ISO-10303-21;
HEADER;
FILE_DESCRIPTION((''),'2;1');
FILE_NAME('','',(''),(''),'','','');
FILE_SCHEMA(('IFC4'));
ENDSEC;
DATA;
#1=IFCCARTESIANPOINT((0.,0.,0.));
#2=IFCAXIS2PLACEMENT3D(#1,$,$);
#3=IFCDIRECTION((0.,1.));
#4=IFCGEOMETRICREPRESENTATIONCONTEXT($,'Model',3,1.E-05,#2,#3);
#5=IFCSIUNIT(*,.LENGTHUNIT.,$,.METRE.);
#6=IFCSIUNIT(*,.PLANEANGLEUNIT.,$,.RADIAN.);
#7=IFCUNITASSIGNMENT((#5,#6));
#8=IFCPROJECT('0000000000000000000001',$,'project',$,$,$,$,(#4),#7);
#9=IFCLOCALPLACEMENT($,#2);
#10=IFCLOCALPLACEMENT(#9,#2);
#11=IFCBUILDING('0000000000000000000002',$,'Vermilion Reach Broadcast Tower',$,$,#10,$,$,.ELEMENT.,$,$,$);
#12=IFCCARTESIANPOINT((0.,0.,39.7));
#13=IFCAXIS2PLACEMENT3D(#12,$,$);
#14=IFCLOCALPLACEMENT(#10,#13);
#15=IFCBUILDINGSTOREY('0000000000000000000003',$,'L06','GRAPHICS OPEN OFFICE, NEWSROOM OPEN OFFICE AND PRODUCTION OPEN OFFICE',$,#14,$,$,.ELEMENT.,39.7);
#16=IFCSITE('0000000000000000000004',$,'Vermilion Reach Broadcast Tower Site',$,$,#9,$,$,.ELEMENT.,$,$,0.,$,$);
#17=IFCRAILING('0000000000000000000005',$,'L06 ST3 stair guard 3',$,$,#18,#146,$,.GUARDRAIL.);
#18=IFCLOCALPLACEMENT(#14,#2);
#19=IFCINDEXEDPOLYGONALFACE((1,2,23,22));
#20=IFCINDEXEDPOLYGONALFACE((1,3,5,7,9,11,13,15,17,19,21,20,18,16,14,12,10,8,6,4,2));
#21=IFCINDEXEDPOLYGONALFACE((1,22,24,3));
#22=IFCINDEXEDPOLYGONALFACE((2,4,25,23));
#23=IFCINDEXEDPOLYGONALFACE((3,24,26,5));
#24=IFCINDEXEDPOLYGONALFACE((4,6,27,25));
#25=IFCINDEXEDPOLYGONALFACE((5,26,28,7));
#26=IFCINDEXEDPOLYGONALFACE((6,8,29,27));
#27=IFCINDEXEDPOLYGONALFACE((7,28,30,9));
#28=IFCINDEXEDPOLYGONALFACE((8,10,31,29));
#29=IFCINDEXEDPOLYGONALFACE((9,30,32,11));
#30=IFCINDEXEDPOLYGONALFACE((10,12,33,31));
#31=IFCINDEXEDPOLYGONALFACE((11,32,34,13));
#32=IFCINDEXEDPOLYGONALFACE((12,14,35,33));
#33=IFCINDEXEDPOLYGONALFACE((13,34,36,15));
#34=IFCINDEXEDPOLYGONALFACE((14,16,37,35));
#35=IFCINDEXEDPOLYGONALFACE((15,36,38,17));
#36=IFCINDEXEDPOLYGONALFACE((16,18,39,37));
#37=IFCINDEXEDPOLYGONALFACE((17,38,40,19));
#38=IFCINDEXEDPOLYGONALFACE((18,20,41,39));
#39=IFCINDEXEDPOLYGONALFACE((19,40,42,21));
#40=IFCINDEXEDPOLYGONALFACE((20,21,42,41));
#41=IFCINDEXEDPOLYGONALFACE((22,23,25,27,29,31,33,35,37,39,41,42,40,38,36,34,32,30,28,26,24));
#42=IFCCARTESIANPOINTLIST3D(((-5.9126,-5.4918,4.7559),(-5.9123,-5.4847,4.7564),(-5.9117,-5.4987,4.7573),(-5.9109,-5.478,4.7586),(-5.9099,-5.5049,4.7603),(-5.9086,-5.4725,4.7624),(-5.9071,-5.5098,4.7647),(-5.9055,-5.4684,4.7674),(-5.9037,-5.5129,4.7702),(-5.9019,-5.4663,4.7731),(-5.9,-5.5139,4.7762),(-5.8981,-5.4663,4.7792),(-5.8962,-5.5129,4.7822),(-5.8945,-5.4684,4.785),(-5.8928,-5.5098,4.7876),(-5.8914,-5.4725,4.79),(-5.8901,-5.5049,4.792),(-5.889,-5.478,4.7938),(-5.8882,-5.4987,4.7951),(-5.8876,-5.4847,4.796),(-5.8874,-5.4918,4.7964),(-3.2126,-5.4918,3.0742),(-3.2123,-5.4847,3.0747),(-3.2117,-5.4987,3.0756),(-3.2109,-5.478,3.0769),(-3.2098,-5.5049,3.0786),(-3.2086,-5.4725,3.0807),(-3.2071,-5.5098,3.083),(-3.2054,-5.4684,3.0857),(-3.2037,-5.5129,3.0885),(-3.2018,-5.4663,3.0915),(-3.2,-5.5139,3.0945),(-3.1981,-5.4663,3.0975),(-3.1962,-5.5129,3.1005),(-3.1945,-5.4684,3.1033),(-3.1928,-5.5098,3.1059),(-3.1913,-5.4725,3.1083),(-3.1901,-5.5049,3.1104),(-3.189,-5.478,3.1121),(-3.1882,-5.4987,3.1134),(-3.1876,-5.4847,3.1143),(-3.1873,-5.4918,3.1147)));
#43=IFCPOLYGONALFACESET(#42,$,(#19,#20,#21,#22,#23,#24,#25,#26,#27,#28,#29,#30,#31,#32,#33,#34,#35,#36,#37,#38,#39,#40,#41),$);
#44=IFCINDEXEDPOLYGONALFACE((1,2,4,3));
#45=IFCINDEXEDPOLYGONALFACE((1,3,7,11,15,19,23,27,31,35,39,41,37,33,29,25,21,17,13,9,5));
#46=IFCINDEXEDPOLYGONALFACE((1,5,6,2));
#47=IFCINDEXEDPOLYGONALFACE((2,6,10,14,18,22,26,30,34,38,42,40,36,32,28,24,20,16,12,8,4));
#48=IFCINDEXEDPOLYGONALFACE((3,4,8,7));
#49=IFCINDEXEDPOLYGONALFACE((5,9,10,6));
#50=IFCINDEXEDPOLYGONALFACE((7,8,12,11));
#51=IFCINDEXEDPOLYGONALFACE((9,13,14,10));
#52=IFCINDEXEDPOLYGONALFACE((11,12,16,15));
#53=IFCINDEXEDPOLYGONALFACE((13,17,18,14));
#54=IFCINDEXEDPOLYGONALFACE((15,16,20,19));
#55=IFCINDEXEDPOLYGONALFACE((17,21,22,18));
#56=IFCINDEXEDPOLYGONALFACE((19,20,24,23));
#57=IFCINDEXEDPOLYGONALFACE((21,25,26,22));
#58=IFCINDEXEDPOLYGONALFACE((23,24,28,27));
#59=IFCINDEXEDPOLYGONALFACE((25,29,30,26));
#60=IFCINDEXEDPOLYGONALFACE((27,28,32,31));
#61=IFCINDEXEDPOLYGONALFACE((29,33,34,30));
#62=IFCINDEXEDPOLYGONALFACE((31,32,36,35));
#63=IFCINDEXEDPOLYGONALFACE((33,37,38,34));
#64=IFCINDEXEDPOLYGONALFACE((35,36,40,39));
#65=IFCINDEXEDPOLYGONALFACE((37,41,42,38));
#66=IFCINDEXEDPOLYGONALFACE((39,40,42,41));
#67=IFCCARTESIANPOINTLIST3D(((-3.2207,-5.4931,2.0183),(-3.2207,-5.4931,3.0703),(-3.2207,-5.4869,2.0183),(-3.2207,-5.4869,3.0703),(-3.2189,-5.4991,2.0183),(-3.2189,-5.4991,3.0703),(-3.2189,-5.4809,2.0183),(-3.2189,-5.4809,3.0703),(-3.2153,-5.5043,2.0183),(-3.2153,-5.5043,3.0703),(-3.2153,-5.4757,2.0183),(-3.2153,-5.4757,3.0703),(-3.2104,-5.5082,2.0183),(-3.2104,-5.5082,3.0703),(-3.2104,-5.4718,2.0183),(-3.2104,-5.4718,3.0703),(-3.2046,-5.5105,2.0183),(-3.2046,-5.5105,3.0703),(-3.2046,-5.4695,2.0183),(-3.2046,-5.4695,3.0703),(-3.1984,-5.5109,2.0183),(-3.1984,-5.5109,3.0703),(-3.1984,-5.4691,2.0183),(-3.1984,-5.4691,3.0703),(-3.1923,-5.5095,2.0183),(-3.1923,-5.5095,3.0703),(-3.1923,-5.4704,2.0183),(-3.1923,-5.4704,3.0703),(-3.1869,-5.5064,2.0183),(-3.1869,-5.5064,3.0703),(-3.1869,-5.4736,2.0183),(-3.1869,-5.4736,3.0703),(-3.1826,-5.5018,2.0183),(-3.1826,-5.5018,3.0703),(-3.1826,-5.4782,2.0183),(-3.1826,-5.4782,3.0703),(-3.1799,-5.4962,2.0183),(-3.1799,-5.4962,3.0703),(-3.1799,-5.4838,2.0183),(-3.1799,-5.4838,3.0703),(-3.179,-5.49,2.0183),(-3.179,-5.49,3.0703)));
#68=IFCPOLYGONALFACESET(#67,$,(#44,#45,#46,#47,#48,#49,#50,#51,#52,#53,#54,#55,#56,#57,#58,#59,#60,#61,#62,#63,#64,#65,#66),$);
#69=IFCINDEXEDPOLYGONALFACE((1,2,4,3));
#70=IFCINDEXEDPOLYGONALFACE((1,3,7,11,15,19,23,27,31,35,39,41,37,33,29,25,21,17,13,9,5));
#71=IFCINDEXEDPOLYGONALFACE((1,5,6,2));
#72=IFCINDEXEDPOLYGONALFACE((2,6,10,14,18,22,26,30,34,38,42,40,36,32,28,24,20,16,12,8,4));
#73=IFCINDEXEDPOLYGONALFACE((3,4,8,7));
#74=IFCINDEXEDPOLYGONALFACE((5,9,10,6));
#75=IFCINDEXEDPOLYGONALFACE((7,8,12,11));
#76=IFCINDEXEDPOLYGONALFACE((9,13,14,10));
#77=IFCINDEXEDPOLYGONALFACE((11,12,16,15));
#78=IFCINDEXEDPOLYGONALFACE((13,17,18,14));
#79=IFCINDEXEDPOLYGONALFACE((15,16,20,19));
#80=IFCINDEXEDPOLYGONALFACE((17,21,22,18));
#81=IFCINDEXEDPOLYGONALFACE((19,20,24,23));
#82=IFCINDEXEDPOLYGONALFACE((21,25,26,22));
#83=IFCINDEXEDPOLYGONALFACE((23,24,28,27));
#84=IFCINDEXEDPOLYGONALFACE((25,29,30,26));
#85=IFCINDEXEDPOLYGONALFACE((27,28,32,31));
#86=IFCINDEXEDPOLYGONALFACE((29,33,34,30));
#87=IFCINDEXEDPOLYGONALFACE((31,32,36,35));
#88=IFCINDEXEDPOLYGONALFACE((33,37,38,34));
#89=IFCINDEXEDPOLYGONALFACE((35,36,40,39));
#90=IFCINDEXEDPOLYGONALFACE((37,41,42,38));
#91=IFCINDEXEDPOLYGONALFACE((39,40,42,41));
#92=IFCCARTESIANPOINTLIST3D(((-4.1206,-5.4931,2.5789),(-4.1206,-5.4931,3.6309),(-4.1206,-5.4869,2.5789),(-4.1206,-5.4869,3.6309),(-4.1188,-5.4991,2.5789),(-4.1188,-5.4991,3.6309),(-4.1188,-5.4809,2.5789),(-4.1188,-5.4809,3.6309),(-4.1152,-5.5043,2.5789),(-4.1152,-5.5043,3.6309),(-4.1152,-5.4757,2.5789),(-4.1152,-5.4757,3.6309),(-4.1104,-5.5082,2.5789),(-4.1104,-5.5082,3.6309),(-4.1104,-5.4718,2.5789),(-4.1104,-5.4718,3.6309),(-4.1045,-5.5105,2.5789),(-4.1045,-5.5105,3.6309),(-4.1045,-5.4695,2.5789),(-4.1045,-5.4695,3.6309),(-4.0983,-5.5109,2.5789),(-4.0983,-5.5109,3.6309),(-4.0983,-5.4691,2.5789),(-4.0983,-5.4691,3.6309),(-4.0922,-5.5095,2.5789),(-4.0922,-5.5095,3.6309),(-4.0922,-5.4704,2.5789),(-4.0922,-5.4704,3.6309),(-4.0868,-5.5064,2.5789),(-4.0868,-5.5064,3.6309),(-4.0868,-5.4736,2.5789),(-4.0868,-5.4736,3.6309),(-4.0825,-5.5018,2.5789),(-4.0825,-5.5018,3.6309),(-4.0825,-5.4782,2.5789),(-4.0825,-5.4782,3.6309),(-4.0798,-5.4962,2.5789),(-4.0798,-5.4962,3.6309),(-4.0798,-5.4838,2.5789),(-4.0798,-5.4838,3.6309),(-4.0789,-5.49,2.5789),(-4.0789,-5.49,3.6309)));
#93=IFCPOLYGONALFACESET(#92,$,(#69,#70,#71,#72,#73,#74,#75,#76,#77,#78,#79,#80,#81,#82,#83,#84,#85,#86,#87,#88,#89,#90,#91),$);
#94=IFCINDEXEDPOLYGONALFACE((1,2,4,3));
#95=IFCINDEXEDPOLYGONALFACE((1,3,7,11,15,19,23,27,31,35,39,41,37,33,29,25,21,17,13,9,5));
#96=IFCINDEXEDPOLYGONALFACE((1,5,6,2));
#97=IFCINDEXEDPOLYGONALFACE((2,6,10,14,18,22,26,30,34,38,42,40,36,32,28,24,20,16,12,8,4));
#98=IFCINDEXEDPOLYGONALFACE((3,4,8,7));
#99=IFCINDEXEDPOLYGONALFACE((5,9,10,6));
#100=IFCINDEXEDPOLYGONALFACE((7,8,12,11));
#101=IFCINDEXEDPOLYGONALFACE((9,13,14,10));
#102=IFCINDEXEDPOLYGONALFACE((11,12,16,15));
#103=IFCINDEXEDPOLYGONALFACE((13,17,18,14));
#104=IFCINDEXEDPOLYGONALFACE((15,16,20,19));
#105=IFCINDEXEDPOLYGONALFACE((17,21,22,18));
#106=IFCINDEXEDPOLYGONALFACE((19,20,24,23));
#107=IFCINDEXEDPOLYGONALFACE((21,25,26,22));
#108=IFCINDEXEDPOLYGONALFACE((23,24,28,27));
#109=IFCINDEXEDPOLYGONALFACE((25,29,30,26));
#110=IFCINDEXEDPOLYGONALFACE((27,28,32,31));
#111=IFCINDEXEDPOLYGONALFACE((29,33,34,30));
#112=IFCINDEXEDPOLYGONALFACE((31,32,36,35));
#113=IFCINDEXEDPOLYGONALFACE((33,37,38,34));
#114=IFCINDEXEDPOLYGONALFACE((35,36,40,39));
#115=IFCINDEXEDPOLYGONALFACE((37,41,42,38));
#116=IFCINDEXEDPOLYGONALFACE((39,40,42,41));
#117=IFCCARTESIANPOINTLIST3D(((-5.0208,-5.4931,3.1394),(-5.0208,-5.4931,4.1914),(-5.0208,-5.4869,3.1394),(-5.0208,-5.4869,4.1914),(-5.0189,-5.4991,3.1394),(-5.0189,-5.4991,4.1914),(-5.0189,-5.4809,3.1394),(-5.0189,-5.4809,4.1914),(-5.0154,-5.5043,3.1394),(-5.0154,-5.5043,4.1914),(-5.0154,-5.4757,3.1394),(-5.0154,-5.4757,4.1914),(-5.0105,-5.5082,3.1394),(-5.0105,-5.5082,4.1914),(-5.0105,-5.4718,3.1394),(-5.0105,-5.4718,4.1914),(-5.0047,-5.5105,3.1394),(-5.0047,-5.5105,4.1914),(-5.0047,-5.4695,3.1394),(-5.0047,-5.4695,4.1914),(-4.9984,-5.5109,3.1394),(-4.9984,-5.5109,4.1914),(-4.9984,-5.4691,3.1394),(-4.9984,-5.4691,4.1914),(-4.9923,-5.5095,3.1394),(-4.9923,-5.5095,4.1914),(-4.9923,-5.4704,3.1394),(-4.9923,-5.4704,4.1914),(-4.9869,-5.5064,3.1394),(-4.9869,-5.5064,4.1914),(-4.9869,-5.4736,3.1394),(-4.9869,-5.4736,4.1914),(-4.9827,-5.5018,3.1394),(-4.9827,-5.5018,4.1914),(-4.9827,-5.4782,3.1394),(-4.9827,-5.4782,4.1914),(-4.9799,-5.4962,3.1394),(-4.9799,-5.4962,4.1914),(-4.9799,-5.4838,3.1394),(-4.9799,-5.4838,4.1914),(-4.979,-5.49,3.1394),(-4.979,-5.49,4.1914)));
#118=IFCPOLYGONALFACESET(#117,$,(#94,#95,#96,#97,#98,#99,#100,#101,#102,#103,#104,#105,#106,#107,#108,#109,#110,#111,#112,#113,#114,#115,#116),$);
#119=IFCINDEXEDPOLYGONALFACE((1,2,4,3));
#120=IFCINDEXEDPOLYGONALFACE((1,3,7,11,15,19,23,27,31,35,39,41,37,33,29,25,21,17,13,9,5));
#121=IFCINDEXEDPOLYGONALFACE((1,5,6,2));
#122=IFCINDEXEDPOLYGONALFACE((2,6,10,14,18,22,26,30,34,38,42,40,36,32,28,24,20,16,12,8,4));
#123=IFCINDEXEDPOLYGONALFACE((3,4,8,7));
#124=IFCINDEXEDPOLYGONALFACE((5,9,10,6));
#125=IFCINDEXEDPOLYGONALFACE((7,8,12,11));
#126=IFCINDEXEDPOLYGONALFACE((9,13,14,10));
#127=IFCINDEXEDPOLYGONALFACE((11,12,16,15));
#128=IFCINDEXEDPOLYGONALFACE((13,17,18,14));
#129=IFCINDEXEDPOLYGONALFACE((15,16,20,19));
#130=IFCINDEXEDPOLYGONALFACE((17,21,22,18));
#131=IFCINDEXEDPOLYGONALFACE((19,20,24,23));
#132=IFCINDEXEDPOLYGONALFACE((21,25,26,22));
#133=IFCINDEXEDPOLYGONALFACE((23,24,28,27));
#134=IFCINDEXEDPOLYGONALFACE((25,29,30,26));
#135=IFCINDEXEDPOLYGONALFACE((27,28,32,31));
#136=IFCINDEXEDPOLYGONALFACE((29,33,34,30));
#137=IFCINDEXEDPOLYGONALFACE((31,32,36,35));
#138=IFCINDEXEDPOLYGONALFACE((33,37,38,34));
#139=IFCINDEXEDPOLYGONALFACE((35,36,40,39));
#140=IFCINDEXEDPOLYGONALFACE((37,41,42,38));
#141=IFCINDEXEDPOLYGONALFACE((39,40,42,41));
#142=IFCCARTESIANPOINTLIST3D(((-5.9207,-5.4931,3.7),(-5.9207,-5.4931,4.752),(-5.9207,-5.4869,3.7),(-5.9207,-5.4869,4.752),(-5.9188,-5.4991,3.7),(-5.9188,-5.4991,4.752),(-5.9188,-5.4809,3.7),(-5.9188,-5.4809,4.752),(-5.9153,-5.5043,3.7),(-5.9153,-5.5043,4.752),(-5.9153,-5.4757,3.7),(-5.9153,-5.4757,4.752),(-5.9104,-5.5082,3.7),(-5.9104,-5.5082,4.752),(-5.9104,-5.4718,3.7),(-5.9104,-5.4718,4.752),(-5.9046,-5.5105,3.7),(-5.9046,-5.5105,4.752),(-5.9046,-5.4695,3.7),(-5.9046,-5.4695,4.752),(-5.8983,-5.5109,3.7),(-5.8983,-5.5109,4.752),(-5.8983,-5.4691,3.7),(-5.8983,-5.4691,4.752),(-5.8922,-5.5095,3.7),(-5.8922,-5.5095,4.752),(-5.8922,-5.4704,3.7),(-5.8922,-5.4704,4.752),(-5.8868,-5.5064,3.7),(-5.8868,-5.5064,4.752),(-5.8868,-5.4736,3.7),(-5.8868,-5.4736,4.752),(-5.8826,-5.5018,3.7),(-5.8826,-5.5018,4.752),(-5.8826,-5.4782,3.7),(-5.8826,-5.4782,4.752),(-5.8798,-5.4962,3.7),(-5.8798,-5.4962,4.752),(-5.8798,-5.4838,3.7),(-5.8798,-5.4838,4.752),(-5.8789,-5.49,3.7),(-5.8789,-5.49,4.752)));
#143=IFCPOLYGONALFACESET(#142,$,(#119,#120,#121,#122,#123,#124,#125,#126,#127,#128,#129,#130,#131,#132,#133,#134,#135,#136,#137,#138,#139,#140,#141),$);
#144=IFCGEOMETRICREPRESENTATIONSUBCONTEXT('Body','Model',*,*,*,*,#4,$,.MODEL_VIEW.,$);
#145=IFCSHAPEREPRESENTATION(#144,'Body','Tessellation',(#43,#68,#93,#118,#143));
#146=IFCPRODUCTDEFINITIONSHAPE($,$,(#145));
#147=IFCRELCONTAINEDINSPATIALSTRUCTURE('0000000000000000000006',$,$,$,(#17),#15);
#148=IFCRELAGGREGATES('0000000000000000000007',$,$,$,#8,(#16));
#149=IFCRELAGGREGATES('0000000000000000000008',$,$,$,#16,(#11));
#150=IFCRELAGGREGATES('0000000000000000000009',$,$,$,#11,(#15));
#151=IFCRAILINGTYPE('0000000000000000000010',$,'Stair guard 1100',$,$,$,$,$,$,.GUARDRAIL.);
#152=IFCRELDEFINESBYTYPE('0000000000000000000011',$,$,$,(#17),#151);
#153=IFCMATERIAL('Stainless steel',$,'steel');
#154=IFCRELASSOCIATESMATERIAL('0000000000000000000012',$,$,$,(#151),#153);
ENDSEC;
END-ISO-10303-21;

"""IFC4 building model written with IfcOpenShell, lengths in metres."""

from ifc_helpers import new_model, si_unit, direction, frame, origin, origin_2d, place, context, subcontext, project, spatial, circle, extrude, material, type_object, element, save


model = new_model("IFC4")

# Units and contexts
model_context = context("Model", 3, precision=1e-05, world=origin(), true_north=direction((0.0, 1.0)))
body_context = subcontext(model_context, "Body", "Model", "MODEL_VIEW")
ifc_project = project(units=[si_unit("LENGTHUNIT", "METRE"), si_unit("PLANEANGLEUNIT", "RADIAN")], contexts=[model_context])

# Site, building, storey
site_placement = place(None, origin())
site = spatial("IfcSite", under=ifc_project, at=site_placement, Name="Vermilion Reach Broadcast Tower Site", CompositionType="ELEMENT", RefElevation=0.0)
building_placement = place(site_placement, origin())
building = spatial("IfcBuilding", under=site, at=building_placement, Name="Vermilion Reach Broadcast Tower", CompositionType="ELEMENT")
storey_placement = place(building_placement, frame((0.0, 0.0, 39.7)))
storey = spatial("IfcBuildingStorey", under=building, at=storey_placement, Name="L06", Description="GRAPHICS OPEN OFFICE, NEWSROOM OPEN OFFICE AND PRODUCTION OPEN OFFICE", CompositionType="ELEMENT", Elevation=39.7)

# Railing
ifc_material_1 = material(Name="Stainless steel", Category="steel")
railing_type_1 = type_object("IfcRailingType", Name="Stair guard 1100", PredefinedType="GUARDRAIL", material=ifc_material_1)
railing_1_placement = place(storey_placement, frame((-3.2, -5.49, 2.0183)))
element("IfcRailing", 1, at=railing_1_placement, inside=storey, type_object=railing_type_1, Name="L06 ST3 stair guard 3", PredefinedType="GUARDRAIL", context=body_context, shape_type="SweptSolid", body=[
    extrude(circle(Radius=0.0239, at=origin_2d()), frame((0.0, 0.0, 1.0762), z_axis=(-0.848821, 0.0, 0.528681), x_axis=(0.0, -1.0, 0.0)), (0.0, 0.0, 1.0), 3.1809),
    extrude(circle(Radius=0.021, at=origin_2d()), origin(), (0.0, 0.0, 1.0), 1.052),
    extrude(circle(Radius=0.021, at=origin_2d()), frame((-0.8999, 0.0, 0.5605)), (0.0, 0.0, 1.0), 1.052),
    extrude(circle(Radius=0.021, at=origin_2d()), frame((-1.8, 0.0, 1.1211)), (0.0, 0.0, 1.0), 1.052),
    extrude(circle(Radius=0.021, at=origin_2d()), frame((-2.7, 0.0, 1.6816)), (0.0, 0.0, 1.0), 1.052),
])

save(model, "model.ifc")
